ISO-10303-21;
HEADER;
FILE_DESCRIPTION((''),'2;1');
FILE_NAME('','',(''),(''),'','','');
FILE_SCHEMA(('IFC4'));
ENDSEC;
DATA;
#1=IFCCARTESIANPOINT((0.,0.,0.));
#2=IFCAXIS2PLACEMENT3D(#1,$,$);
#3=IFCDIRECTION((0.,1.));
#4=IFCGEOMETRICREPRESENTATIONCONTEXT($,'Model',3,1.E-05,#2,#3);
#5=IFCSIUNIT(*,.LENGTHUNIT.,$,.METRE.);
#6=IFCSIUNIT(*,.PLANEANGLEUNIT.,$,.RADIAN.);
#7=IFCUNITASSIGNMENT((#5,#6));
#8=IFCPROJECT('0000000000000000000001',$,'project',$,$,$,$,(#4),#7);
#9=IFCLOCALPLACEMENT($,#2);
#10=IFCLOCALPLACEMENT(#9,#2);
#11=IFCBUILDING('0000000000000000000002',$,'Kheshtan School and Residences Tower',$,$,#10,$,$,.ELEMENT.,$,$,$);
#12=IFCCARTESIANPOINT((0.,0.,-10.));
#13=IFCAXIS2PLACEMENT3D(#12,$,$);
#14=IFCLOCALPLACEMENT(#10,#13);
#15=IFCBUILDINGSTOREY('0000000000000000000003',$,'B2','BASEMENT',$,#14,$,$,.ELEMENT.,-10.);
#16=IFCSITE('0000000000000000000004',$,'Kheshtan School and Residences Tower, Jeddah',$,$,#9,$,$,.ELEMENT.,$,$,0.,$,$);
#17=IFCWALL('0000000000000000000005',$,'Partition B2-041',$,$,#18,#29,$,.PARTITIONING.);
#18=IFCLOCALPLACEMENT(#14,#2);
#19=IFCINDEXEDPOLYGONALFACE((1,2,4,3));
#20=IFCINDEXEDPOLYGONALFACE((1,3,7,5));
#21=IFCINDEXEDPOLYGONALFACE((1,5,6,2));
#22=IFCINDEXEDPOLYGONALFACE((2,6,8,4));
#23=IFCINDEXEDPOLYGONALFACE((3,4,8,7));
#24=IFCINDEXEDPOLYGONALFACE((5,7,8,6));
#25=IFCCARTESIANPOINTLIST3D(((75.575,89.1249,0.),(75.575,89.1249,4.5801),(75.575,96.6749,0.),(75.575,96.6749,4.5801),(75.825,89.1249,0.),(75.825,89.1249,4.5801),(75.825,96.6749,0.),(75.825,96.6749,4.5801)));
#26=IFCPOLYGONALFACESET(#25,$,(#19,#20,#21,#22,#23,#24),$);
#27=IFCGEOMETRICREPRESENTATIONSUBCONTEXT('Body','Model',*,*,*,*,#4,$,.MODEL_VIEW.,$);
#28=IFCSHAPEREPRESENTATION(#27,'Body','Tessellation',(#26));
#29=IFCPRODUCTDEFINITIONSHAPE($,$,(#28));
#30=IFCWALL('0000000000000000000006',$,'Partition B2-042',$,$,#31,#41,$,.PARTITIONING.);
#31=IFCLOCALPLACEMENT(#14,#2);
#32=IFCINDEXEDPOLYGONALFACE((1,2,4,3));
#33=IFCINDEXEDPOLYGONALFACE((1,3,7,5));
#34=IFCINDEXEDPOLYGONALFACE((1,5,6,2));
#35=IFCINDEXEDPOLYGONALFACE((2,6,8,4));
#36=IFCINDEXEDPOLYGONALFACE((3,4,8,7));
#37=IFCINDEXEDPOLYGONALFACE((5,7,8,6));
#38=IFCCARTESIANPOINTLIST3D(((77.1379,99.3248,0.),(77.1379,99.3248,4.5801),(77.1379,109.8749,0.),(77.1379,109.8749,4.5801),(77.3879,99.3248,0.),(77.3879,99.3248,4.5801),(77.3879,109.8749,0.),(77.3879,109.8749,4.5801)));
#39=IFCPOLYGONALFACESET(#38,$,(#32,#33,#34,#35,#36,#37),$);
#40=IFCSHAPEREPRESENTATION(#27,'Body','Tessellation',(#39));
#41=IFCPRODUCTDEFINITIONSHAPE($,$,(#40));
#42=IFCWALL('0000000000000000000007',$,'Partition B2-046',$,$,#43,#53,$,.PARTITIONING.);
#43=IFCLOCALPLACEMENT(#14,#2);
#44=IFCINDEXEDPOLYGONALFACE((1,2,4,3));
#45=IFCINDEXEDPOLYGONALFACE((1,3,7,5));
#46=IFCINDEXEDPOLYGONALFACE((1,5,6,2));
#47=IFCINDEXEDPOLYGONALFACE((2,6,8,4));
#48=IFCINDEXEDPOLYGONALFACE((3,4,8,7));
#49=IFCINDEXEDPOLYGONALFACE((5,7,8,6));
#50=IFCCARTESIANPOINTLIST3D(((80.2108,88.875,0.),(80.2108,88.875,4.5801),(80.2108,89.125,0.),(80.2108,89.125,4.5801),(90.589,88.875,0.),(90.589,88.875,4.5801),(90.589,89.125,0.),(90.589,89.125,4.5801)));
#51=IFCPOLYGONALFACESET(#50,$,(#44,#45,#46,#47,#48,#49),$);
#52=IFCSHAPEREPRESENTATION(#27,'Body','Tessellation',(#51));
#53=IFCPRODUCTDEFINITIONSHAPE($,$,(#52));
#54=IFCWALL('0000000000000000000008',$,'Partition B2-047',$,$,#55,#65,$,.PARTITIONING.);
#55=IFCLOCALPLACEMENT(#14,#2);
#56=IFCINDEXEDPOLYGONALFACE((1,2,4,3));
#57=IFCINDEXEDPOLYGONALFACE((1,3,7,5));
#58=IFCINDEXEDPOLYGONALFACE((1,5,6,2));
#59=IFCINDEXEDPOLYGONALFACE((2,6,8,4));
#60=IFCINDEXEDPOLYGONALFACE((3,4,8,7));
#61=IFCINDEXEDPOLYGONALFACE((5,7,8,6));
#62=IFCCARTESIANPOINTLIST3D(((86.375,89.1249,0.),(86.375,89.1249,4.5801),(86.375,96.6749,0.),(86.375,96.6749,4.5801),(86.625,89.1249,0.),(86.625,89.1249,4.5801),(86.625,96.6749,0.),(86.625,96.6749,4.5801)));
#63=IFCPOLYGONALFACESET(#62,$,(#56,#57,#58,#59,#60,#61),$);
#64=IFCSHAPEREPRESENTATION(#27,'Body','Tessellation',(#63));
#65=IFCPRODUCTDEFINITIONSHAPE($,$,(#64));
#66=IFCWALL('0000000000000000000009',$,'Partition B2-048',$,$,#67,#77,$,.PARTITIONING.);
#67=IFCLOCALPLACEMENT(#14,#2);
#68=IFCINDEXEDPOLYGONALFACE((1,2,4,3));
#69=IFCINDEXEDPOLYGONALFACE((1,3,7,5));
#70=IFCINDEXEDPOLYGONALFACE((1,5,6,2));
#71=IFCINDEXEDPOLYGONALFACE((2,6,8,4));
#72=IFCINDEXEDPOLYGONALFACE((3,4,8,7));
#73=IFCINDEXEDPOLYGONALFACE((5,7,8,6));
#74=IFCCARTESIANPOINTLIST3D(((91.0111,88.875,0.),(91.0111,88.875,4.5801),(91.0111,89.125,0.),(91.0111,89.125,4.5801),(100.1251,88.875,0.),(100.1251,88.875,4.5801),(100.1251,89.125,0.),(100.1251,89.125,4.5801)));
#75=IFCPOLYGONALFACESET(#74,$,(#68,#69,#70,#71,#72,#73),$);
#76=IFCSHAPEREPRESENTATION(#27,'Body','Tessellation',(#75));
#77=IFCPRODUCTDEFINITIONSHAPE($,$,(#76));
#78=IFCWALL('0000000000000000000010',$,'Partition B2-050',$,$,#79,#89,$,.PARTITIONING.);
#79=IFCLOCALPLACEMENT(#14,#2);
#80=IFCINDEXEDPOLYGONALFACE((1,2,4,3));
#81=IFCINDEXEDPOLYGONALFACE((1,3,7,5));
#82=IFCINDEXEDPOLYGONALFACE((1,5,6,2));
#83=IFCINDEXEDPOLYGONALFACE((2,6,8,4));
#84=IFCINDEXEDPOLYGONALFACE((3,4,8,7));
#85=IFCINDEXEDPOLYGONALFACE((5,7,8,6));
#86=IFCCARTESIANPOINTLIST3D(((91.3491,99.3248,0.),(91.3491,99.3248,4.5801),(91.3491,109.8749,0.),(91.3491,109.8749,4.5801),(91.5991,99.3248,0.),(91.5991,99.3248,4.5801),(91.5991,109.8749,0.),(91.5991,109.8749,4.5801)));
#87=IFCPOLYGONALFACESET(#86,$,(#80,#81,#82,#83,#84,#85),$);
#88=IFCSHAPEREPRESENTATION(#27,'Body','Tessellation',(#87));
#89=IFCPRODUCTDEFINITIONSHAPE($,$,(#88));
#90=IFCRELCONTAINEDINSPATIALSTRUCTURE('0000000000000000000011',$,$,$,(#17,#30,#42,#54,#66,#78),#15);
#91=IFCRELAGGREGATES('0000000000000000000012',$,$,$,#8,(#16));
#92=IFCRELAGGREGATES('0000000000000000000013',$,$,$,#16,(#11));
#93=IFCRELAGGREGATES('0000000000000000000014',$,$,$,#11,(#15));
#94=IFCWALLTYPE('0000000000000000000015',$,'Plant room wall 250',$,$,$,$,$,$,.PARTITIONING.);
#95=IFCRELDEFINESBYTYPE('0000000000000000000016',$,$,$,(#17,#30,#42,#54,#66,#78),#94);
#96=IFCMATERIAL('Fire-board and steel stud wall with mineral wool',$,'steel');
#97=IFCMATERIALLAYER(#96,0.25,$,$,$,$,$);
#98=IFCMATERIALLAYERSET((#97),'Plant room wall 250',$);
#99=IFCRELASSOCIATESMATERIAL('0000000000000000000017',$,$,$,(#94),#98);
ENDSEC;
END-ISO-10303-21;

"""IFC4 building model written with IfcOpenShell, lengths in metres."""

from ifc_helpers import new_model, si_unit, direction, frame, frame_2d, origin, place, context, subcontext, project, spatial, rectangle, extrude, material, layer, layer_set, type_object, element, save


model = new_model("IFC4")

# Units and contexts
model_context = context("Model", 3, precision=1e-05, world=origin(), true_north=direction((0.0, 1.0)))
body_context = subcontext(model_context, "Body", "Model", "MODEL_VIEW")
ifc_project = project(units=[si_unit("LENGTHUNIT", "METRE"), si_unit("PLANEANGLEUNIT", "RADIAN")], contexts=[model_context])

# Site, building, storey
site_placement = place(None, origin())
site = spatial("IfcSite", under=ifc_project, at=site_placement, Name="Kheshtan School and Residences Tower, Jeddah", CompositionType="ELEMENT", RefElevation=0.0)
building_placement = place(site_placement, origin())
building = spatial("IfcBuilding", under=site, at=building_placement, Name="Kheshtan School and Residences Tower", CompositionType="ELEMENT")
storey_placement = place(building_placement, frame((0.0, 0.0, -10.0)))
storey = spatial("IfcBuildingStorey", under=building, at=storey_placement, Name="B2", Description="BASEMENT", CompositionType="ELEMENT", Elevation=-10.0)

# Walls
ifc_material_1 = material(Name="Fire-board and steel stud wall with mineral wool", Category="steel")
ifc_layer_1 = layer(ifc_material_1, 0.25)
ifc_layer_set_1 = layer_set([ifc_layer_1], Name="Plant room wall 250")
wall_type_1 = type_object("IfcWallType", Name="Plant room wall 250", PredefinedType="PARTITIONING", material=ifc_layer_set_1)
wall_1_placement = place(storey_placement, frame((75.7, 89.125, 0.0), z_axis=(0.0, 0.0, 1.0), x_axis=(0.0, 1.0, 0.0)))
element("IfcWall", 1, at=wall_1_placement, inside=storey, type_object=wall_type_1, Name="Partition B2-041", PredefinedType="PARTITIONING", context=body_context, shape_type="SweptSolid", body=[
    extrude(rectangle(XDim=7.55, YDim=0.25, at=frame_2d((3.7749, 0.0))), origin(), (0.0, 0.0, 1.0), 4.5801),
])
wall_2_placement = place(storey_placement, frame((77.2629, 99.325, 0.0), z_axis=(0.0, 0.0, 1.0), x_axis=(0.0, 1.0, 0.0)))
element("IfcWall", 2, at=wall_2_placement, inside=storey, type_object=wall_type_1, Name="Partition B2-042", PredefinedType="PARTITIONING", context=body_context, shape_type="SweptSolid", body=[
    extrude(rectangle(XDim=10.55, YDim=0.25, at=frame_2d((5.2749, 0.0))), origin(), (0.0, 0.0, 1.0), 4.5801),
])
wall_3_placement = place(storey_placement, frame((80.2109, 89.0, 0.0), z_axis=(0.0, 0.0, 1.0), x_axis=(1.0, 0.0, 0.0)))
element("IfcWall", 3, at=wall_3_placement, inside=storey, type_object=wall_type_1, Name="Partition B2-046", PredefinedType="PARTITIONING", context=body_context, shape_type="SweptSolid", body=[
    extrude(rectangle(XDim=10.3782, YDim=0.25, at=frame_2d((5.189, 0.0))), origin(), (0.0, 0.0, 1.0), 4.5801),
])
wall_4_placement = place(storey_placement, frame((86.5, 89.125, 0.0), z_axis=(0.0, 0.0, 1.0), x_axis=(0.0, 1.0, 0.0)))
element("IfcWall", 4, at=wall_4_placement, inside=storey, type_object=wall_type_1, Name="Partition B2-047", PredefinedType="PARTITIONING", context=body_context, shape_type="SweptSolid", body=[
    extrude(rectangle(XDim=7.55, YDim=0.25, at=frame_2d((3.7749, 0.0))), origin(), (0.0, 0.0, 1.0), 4.5801),
])
wall_5_placement = place(storey_placement, frame((91.011, 89.0, 0.0), z_axis=(0.0, 0.0, 1.0), x_axis=(1.0, 0.0, 0.0)))
element("IfcWall", 5, at=wall_5_placement, inside=storey, type_object=wall_type_1, Name="Partition B2-048", PredefinedType="PARTITIONING", context=body_context, shape_type="SweptSolid", body=[
    extrude(rectangle(XDim=9.114, YDim=0.25, at=frame_2d((4.5571, 0.0))), origin(), (0.0, 0.0, 1.0), 4.5801),
])
wall_6_placement = place(storey_placement, frame((91.4741, 99.325, 0.0), z_axis=(0.0, 0.0, 1.0), x_axis=(0.0, 1.0, 0.0)))
element("IfcWall", 6, at=wall_6_placement, inside=storey, type_object=wall_type_1, Name="Partition B2-050", PredefinedType="PARTITIONING", context=body_context, shape_type="SweptSolid", body=[
    extrude(rectangle(XDim=10.55, YDim=0.25, at=frame_2d((5.2749, 0.0))), origin(), (0.0, 0.0, 1.0), 4.5801),
])

save(model, "model.ifc")
